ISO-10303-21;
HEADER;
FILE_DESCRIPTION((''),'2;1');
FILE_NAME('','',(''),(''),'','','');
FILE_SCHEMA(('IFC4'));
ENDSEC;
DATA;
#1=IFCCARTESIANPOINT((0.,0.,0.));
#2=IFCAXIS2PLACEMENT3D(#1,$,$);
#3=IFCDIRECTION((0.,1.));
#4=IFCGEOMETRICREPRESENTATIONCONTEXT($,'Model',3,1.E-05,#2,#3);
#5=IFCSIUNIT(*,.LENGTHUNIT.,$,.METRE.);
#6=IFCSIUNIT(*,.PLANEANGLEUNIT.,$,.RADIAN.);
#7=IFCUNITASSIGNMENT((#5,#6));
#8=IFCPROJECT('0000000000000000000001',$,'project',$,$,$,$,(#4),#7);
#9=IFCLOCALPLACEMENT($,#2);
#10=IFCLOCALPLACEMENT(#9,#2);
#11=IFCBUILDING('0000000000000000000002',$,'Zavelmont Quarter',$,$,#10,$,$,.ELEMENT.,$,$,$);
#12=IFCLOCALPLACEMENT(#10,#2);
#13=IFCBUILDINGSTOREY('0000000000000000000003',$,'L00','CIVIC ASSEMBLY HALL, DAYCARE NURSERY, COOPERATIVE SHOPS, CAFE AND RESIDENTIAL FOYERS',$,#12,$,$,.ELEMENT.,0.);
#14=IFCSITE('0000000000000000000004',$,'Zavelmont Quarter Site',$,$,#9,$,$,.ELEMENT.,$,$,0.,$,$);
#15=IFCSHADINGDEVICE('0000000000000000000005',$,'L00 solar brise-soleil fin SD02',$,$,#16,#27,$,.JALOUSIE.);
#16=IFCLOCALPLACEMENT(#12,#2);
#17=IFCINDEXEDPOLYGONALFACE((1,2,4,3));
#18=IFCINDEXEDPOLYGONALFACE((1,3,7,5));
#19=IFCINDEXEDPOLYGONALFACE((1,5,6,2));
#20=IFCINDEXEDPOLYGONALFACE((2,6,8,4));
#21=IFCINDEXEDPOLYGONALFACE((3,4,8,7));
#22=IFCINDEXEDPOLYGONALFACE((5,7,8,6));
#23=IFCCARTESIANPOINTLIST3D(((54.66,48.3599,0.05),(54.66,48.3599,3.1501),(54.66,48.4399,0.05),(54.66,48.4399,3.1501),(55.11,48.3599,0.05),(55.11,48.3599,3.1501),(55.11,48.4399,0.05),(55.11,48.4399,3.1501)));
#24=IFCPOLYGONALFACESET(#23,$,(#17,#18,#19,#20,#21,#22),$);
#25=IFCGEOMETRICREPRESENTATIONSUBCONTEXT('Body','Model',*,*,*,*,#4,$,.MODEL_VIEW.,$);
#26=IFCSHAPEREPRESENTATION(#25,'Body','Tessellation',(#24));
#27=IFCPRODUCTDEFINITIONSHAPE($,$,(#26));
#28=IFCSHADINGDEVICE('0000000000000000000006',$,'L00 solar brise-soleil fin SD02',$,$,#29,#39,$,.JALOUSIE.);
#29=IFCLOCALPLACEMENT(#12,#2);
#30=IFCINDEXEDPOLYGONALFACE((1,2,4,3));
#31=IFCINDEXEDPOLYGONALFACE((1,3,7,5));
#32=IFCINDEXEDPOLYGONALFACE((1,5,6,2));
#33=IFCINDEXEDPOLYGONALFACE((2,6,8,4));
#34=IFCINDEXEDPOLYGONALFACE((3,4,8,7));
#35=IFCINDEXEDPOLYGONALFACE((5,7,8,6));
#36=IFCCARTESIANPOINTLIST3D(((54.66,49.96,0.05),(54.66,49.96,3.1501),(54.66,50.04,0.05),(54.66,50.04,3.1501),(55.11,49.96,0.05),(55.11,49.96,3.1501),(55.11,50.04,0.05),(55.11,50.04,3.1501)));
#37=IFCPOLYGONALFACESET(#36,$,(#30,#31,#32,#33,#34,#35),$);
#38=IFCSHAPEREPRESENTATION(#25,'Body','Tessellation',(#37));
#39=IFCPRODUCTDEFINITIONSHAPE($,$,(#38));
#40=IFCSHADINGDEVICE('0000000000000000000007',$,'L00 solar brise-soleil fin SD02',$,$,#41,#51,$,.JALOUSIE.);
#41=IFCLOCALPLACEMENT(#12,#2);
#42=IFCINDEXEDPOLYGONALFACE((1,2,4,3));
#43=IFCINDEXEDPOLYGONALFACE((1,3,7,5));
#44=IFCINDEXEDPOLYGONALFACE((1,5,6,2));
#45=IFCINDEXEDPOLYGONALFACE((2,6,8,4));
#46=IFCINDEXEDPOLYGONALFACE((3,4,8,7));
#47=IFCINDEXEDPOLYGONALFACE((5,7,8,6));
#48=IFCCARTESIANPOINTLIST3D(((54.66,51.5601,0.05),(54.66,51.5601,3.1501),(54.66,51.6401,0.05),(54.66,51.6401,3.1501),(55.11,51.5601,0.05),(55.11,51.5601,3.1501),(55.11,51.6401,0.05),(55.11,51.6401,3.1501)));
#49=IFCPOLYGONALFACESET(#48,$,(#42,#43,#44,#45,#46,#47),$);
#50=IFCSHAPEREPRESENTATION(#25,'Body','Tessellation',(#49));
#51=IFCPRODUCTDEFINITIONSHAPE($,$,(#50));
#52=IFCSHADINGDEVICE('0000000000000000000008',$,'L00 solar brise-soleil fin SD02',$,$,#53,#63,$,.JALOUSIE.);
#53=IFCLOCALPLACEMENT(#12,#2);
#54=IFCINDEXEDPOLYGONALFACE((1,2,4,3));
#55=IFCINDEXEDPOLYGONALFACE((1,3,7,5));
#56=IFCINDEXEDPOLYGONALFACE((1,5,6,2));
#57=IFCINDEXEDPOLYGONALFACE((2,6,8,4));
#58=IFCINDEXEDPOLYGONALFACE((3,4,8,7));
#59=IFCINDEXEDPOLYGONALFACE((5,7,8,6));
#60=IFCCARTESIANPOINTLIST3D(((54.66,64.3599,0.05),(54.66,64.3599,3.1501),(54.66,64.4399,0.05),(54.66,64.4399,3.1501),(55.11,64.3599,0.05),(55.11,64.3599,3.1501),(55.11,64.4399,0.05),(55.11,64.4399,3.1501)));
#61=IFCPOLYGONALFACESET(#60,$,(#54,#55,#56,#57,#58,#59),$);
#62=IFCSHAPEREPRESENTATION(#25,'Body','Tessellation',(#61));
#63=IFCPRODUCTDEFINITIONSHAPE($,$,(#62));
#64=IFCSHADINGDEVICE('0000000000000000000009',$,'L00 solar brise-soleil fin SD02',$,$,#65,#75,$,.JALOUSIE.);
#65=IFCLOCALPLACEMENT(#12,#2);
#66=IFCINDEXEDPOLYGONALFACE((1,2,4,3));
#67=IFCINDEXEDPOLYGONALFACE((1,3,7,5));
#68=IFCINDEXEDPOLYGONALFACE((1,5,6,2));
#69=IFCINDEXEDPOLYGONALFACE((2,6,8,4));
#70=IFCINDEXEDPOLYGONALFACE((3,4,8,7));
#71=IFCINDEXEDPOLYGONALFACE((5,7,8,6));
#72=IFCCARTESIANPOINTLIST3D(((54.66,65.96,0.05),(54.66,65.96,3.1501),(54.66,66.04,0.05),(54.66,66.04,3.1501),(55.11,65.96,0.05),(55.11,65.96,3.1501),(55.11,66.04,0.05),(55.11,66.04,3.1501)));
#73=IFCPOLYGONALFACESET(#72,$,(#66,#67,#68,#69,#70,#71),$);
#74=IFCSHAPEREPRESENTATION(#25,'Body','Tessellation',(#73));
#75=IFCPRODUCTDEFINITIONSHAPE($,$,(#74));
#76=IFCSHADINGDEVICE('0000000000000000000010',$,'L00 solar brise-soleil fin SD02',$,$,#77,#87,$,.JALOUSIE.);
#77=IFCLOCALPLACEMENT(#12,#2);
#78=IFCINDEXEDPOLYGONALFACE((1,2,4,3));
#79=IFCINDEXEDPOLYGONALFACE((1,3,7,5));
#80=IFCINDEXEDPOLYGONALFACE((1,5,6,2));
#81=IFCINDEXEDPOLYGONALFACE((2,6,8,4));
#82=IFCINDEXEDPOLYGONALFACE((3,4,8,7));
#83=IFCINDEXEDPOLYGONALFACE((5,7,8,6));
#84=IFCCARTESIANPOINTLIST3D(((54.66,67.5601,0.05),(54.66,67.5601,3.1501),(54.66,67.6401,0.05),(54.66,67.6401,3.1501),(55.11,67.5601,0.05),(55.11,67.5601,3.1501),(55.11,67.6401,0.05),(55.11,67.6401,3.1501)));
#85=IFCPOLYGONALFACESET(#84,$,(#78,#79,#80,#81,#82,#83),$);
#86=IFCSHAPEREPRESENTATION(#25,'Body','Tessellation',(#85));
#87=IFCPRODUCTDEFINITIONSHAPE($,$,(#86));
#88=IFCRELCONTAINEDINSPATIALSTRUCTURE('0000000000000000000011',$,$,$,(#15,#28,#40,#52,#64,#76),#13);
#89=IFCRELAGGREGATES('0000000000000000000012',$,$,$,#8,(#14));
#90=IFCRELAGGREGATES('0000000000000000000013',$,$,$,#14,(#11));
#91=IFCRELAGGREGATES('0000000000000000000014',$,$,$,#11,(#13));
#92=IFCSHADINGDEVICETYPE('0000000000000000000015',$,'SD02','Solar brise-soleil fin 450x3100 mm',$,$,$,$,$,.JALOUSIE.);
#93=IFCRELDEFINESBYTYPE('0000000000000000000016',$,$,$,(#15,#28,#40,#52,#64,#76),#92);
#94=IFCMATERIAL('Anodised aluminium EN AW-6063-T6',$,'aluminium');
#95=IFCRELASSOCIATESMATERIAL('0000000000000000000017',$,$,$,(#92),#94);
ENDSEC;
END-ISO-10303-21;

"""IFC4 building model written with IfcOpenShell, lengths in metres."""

from ifc_helpers import new_model, si_unit, direction, frame, origin, origin_2d, place, context, subcontext, project, spatial, rectangle, extrude, material, type_object, element, save


model = new_model("IFC4")

# Units and contexts
model_context = context("Model", 3, precision=1e-05, world=origin(), true_north=direction((0.0, 1.0)))
body_context = subcontext(model_context, "Body", "Model", "MODEL_VIEW")
ifc_project = project(units=[si_unit("LENGTHUNIT", "METRE"), si_unit("PLANEANGLEUNIT", "RADIAN")], contexts=[model_context])

# Site, building, storey
site_placement = place(None, origin())
site = spatial("IfcSite", under=ifc_project, at=site_placement, Name="Zavelmont Quarter Site", CompositionType="ELEMENT", RefElevation=0.0)
building_placement = place(site_placement, origin())
building = spatial("IfcBuilding", under=site, at=building_placement, Name="Zavelmont Quarter", CompositionType="ELEMENT")
storey_placement = place(building_placement, origin())
storey = spatial("IfcBuildingStorey", under=building, at=storey_placement, Name="L00", Description="CIVIC ASSEMBLY HALL, DAYCARE NURSERY, COOPERATIVE SHOPS, CAFE AND RESIDENTIAL FOYERS", CompositionType="ELEMENT", Elevation=0.0)

# Shading devices
ifc_material_1 = material(Name="Anodised aluminium EN AW-6063-T6", Category="aluminium")
shading_device_type = type_object("IfcShadingDeviceType", Name="SD02", Description="Solar brise-soleil fin 450x3100 mm", PredefinedType="JALOUSIE", material=ifc_material_1)
for number, where, z_axis, x_axis, name in (
    (1, (54.885, 48.3999, 0.05), (0.0, 0.0, 1.0), (0.0, 1.0, 0.0), "L00 solar brise-soleil fin SD02"),
    (2, (54.885, 50.0, 0.05), (0.0, 0.0, 1.0), (0.0, 1.0, 0.0), "L00 solar brise-soleil fin SD02"),
    (3, (54.885, 51.6001, 0.05), (0.0, 0.0, 1.0), (0.0, 1.0, 0.0), "L00 solar brise-soleil fin SD02"),
    (4, (54.885, 64.3999, 0.05), (0.0, 0.0, 1.0), (0.0, 1.0, 0.0), "L00 solar brise-soleil fin SD02"),
    (5, (54.885, 66.0, 0.05), (0.0, 0.0, 1.0), (0.0, 1.0, 0.0), "L00 solar brise-soleil fin SD02"),
    (6, (54.885, 67.6001, 0.05), (0.0, 0.0, 1.0), (0.0, 1.0, 0.0), "L00 solar brise-soleil fin SD02"),
):
    element("IfcShadingDevice", number, at=place(storey_placement, frame(where, z_axis=z_axis, x_axis=x_axis)), inside=storey, type_object=shading_device_type, Name=name, PredefinedType="JALOUSIE", context=body_context, shape_type="SweptSolid", body=[
        extrude(rectangle(XDim=0.0801, YDim=0.45, at=origin_2d()), origin(), (0.0, 0.0, 1.0), 3.1001),
    ])

save(model, "model.ifc")
